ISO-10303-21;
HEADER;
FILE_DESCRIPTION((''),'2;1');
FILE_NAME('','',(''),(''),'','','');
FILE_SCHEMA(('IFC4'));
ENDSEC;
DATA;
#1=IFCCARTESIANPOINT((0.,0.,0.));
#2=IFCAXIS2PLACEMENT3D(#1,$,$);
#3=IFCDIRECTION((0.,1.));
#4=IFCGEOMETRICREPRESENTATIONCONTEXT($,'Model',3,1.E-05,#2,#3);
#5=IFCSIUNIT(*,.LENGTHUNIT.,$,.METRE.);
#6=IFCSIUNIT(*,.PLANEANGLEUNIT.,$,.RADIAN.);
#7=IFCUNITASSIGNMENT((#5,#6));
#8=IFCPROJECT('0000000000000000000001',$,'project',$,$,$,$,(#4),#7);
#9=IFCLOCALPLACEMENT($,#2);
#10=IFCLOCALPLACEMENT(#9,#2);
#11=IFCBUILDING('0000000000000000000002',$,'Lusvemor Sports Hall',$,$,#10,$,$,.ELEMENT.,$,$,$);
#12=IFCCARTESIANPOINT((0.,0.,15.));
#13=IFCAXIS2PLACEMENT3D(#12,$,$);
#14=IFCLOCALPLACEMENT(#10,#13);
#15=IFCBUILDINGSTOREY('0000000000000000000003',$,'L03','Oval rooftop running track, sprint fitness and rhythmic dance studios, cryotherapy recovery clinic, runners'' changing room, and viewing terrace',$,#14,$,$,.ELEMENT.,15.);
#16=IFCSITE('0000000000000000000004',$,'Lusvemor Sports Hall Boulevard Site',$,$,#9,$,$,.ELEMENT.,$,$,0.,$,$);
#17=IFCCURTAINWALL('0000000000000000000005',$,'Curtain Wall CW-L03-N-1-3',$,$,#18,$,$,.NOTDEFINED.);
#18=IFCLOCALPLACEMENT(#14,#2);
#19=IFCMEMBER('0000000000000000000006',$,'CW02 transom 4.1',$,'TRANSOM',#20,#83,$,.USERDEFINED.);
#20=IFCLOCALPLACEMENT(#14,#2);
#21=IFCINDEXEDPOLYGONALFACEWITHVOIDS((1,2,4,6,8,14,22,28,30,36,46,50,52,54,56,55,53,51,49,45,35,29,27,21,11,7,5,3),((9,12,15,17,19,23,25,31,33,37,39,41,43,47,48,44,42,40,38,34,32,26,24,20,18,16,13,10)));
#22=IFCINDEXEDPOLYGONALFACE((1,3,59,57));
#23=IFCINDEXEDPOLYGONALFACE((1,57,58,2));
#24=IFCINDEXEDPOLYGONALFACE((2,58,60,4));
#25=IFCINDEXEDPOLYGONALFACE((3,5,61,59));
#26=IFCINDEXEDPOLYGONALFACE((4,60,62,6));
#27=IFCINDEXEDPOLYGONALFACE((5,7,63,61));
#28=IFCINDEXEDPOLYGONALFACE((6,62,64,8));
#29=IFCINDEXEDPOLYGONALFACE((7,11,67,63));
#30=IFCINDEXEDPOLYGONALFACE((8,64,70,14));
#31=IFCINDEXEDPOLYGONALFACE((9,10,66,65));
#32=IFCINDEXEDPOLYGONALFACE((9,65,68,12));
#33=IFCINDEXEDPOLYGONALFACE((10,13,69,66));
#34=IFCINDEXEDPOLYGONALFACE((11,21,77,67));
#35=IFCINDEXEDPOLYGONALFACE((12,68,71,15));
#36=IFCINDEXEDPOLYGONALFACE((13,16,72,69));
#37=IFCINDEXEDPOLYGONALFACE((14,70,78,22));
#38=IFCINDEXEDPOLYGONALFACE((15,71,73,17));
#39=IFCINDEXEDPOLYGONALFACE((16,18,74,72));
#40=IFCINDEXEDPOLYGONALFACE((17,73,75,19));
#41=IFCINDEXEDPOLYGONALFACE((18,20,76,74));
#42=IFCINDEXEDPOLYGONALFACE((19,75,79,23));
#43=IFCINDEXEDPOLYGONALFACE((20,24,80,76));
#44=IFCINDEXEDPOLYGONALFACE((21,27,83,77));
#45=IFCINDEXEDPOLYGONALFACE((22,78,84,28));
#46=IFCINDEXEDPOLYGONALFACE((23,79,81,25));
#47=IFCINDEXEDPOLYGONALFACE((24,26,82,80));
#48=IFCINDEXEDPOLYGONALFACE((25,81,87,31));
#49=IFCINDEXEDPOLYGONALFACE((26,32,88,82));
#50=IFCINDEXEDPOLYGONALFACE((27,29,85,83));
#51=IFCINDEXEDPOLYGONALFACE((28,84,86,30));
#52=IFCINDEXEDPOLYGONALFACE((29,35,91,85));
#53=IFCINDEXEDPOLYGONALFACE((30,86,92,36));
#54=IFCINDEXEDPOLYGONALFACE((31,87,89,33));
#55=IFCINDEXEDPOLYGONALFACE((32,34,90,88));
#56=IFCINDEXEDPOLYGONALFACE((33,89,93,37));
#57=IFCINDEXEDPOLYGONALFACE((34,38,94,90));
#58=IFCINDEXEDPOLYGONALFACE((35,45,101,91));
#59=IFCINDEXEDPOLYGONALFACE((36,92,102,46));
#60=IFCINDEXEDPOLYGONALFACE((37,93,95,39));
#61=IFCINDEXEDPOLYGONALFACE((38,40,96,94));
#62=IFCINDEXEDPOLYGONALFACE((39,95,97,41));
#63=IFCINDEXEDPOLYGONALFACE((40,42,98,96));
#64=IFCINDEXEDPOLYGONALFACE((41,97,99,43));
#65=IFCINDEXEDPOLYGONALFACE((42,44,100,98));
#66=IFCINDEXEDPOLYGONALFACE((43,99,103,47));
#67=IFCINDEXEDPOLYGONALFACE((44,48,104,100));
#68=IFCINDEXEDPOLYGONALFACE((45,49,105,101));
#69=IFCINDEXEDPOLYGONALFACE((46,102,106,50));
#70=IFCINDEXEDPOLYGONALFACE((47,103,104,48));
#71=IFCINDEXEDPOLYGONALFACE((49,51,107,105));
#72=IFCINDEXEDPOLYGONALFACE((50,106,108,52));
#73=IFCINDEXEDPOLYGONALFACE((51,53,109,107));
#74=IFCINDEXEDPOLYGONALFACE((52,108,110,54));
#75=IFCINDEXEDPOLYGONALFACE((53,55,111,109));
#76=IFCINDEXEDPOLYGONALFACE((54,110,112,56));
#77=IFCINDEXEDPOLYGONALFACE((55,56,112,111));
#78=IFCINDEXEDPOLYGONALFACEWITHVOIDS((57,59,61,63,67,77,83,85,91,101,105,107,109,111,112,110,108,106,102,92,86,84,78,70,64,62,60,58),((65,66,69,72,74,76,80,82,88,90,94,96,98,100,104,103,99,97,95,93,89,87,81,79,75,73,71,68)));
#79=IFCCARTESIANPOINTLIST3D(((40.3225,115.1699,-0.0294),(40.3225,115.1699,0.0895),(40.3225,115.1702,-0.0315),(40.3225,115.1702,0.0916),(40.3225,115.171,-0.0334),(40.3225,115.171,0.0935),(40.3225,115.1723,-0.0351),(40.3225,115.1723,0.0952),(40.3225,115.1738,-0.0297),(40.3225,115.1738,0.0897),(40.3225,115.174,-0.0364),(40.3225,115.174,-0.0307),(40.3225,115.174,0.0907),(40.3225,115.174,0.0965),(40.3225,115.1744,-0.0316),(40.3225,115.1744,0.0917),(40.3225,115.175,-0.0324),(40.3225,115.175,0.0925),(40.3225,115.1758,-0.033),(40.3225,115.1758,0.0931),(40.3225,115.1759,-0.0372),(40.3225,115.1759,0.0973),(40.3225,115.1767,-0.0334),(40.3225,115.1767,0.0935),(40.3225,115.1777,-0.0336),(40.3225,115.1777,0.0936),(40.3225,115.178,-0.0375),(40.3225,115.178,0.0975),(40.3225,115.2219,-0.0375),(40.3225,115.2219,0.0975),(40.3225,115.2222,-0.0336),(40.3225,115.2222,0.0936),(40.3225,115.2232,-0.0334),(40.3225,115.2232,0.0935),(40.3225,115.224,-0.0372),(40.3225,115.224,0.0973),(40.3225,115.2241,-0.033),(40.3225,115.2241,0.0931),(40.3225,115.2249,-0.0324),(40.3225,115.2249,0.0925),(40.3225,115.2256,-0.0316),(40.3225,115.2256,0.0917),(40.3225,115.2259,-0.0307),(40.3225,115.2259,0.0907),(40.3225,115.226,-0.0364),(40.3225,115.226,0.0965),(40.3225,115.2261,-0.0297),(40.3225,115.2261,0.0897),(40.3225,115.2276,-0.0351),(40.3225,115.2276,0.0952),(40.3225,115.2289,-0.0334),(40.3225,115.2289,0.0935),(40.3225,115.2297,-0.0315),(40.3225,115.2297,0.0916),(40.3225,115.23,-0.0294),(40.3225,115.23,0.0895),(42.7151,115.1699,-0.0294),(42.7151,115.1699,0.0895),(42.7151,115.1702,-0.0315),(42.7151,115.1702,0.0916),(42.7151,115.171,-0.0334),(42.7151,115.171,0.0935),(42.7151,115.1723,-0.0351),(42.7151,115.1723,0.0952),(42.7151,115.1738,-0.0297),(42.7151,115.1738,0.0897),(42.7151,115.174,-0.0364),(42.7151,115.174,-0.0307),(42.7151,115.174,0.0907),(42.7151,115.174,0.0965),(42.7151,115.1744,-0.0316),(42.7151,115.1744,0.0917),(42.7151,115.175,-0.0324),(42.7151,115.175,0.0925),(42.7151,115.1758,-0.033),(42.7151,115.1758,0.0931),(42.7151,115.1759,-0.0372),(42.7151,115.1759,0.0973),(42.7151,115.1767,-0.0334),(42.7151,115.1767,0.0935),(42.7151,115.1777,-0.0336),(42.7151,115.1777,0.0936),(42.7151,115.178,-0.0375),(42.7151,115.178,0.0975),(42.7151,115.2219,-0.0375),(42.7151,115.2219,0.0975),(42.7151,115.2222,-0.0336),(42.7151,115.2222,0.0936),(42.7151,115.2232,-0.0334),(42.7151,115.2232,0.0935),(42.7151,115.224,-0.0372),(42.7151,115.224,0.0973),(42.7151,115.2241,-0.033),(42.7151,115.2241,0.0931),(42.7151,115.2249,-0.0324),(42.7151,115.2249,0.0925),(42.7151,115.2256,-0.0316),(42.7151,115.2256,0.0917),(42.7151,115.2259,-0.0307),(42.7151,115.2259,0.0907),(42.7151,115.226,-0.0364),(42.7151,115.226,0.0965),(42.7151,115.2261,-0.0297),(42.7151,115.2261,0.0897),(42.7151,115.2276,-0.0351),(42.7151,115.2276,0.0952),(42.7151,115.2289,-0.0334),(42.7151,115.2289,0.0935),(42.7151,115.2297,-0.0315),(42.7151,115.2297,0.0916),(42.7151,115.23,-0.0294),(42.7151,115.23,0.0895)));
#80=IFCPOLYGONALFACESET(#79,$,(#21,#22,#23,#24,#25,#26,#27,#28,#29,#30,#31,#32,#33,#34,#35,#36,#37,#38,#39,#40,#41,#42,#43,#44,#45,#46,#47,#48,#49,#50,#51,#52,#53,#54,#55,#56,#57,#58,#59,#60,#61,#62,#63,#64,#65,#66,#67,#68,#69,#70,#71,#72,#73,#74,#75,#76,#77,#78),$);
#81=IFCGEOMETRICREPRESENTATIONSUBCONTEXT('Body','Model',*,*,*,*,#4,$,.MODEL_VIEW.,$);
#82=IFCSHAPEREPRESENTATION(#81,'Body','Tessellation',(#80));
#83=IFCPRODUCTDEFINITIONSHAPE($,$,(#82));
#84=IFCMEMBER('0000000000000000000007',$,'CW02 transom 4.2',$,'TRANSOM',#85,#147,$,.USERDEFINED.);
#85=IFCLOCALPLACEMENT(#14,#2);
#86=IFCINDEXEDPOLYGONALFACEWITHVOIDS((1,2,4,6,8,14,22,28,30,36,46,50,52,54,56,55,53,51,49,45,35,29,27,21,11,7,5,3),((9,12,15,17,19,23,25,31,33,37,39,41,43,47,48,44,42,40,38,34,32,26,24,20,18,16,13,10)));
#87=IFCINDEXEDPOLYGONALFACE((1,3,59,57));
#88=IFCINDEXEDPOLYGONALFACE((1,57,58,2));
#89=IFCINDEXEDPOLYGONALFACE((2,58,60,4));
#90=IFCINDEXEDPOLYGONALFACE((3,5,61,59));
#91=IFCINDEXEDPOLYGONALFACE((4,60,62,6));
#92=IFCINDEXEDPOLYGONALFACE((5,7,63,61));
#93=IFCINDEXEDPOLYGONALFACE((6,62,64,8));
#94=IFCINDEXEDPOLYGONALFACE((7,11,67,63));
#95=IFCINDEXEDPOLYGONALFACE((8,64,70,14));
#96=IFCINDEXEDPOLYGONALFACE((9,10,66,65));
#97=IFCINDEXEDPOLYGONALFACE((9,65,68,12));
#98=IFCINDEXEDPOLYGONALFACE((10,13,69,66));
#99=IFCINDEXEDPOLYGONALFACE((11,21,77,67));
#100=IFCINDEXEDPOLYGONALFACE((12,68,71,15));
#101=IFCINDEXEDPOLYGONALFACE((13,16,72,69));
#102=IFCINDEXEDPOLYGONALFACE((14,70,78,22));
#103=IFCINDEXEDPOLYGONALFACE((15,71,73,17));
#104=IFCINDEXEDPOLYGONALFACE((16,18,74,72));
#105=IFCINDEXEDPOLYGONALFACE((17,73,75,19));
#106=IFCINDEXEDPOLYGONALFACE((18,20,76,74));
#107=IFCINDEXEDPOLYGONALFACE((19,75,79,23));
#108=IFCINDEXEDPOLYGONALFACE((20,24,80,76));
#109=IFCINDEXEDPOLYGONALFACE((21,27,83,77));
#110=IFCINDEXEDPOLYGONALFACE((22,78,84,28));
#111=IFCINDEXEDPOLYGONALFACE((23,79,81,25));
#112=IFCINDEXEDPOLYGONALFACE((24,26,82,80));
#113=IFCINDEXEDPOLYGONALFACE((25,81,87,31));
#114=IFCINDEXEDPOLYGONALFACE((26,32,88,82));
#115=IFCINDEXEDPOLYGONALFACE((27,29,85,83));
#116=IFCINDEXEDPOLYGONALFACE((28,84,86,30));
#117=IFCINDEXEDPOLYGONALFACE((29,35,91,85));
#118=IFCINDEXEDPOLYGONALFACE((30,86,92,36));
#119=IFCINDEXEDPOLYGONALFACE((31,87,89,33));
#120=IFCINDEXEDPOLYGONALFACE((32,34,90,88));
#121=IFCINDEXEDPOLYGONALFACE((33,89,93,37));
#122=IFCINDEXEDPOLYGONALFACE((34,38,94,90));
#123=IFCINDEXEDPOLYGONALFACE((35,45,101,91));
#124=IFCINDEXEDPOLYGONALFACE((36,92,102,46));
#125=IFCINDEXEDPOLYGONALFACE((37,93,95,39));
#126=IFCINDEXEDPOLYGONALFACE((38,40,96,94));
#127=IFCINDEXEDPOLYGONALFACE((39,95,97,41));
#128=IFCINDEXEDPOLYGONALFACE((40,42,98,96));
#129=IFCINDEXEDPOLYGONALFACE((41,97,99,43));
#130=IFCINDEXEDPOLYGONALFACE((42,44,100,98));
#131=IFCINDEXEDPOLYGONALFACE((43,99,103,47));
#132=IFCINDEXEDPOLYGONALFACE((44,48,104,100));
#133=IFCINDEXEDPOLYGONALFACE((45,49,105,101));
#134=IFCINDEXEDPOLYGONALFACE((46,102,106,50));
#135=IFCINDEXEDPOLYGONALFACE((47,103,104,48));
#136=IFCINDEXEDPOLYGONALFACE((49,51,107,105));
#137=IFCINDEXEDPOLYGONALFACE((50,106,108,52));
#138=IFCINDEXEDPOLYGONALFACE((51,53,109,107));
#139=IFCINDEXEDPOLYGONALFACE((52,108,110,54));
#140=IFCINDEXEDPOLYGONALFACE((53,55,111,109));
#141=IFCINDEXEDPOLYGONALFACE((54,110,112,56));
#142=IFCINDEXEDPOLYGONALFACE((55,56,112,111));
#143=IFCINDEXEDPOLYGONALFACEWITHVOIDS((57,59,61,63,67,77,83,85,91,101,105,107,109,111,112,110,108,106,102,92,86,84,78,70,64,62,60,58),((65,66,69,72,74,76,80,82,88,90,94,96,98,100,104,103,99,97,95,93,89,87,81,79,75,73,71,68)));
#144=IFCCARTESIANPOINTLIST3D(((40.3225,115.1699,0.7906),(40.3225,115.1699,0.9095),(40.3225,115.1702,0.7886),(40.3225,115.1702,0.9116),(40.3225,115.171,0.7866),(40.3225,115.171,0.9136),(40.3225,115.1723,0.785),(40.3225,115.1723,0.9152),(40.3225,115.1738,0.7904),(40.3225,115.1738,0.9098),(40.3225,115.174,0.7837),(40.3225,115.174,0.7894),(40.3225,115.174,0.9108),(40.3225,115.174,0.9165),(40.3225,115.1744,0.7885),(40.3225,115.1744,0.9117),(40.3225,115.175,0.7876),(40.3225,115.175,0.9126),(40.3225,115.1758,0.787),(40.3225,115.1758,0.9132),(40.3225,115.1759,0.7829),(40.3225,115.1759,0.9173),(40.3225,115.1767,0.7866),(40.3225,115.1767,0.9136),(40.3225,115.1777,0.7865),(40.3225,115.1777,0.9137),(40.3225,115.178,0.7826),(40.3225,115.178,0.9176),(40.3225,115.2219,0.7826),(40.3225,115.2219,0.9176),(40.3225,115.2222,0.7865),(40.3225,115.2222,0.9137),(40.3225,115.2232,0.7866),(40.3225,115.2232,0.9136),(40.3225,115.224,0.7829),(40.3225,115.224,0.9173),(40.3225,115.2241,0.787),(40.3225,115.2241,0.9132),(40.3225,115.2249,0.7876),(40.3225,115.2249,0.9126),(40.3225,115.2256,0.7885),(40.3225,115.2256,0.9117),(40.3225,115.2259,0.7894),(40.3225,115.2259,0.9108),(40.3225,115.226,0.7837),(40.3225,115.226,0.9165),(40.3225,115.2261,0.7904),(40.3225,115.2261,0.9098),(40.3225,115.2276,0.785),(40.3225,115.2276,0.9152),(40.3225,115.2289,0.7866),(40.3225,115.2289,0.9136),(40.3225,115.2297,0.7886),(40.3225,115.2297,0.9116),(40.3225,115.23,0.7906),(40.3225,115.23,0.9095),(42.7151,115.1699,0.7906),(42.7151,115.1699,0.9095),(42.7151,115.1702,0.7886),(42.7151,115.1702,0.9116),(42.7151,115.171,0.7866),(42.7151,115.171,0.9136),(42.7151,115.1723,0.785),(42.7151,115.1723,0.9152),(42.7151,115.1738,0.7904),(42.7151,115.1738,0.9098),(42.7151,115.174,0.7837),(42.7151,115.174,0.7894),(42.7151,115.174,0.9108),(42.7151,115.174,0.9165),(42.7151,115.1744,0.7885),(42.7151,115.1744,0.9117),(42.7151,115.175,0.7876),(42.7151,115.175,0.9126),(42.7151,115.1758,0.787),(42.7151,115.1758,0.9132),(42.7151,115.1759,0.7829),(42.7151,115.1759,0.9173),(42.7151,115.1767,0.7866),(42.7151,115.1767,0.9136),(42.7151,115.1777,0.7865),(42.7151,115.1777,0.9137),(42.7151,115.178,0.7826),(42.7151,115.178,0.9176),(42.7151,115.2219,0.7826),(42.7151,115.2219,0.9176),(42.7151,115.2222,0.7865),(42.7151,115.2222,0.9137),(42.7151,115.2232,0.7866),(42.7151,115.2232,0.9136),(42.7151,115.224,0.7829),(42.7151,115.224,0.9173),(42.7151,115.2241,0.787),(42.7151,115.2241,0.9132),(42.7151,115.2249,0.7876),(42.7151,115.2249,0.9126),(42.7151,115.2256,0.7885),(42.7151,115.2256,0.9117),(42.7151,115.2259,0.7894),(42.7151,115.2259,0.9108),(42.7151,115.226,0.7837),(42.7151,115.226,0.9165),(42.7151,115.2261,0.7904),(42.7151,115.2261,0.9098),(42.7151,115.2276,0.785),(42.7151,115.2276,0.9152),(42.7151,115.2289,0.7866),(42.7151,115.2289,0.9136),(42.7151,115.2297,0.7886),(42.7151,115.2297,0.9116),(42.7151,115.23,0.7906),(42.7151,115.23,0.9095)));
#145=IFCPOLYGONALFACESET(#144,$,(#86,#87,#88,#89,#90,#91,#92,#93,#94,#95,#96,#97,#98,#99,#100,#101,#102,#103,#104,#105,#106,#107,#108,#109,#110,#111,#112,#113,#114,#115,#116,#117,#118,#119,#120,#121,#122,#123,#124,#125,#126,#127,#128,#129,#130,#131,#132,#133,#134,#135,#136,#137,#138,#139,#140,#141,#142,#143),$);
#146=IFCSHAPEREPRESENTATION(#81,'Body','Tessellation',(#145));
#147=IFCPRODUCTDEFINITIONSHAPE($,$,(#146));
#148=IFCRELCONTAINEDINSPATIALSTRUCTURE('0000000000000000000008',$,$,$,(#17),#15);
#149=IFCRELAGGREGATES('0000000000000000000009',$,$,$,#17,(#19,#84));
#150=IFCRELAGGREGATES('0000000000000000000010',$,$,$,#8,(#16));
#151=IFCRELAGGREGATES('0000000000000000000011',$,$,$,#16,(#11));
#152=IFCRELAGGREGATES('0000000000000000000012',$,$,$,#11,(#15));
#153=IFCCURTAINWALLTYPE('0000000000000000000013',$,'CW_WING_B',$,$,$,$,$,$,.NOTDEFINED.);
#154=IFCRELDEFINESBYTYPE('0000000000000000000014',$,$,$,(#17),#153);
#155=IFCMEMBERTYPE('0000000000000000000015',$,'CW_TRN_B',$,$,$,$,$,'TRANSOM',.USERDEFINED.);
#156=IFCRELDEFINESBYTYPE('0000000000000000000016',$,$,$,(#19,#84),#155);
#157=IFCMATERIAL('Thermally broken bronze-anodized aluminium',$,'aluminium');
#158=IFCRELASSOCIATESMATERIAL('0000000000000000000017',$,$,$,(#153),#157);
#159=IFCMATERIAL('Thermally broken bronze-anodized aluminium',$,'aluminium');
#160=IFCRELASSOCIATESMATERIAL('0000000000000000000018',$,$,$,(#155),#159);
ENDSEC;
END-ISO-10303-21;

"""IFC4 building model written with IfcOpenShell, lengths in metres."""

from ifc_helpers import new_model, si_unit, direction, frame, origin, origin_2d, place, context, subcontext, project, spatial, hollow_rectangle, extrude, material, material_profile, profile_set, type_object, element, aggregate, save


model = new_model("IFC4")

# Units and contexts
model_context = context("Model", 3, precision=1e-05, world=origin(), true_north=direction((0.0, 1.0)))
body_context = subcontext(model_context, "Body", "Model", "MODEL_VIEW")
ifc_project = project(units=[si_unit("LENGTHUNIT", "METRE"), si_unit("PLANEANGLEUNIT", "RADIAN")], contexts=[model_context])

# Site, building, storey
site_placement = place(None, origin())
site = spatial("IfcSite", under=ifc_project, at=site_placement, Name="Lusvemor Sports Hall Boulevard Site", CompositionType="ELEMENT", RefElevation=0.0)
building_placement = place(site_placement, origin())
building = spatial("IfcBuilding", under=site, at=building_placement, Name="Lusvemor Sports Hall", CompositionType="ELEMENT")
storey_placement = place(building_placement, frame((0.0, 0.0, 15.0)))
storey = spatial("IfcBuildingStorey", under=building, at=storey_placement, Name="L03", Description="Oval rooftop running track, sprint fitness and rhythmic dance studios, cryotherapy recovery clinic, runners' changing room, and viewing terrace", CompositionType="ELEMENT", Elevation=15.0)

# Curtain wall
ifc_material_1 = material(Name="Thermally broken bronze-anodized aluminium", Category="aluminium")
curtain_wall_type = type_object("IfcCurtainWallType", Name="CW_WING_B", PredefinedType="NOTDEFINED", material=ifc_material_1)
curtain_wall_1_placement = place(storey_placement, origin())
curtain_wall_1 = element("IfcCurtainWall", 1, at=curtain_wall_1_placement, inside=storey, type_object=curtain_wall_type, Name="Curtain Wall CW-L03-N-1-3", PredefinedType="NOTDEFINED")

# Members
ifc_material_2 = material(Name="Thermally broken bronze-anodized aluminium", Category="aluminium")
ifc_material_profile_1 = material_profile(ifc_material_2, hollow_rectangle(XDim=0.0601, YDim=0.135, WallThickness=0.0039, InnerFilletRadius=0.0039, OuterFilletRadius=0.0081, at=origin_2d()), Name="CWTRN135x60x4")
ifc_profile_set_1 = profile_set([ifc_material_profile_1], Name="Thermally broken bronze-anodized aluminium")
member_type_1 = type_object("IfcMemberType", Name="CW_TRN_B", ElementType="TRANSOM", PredefinedType="USERDEFINED", material=ifc_profile_set_1)
member_1_placement = place(storey_placement, frame((40.3225, 115.2, 0.03), z_axis=(1.0, 0.0, 0.0), x_axis=(0.0, 1.0, 0.0)))
member_1 = element("IfcMember", 2, at=member_1_placement, type_object=member_type_1, Name="CW02 transom 4.1", ObjectType="TRANSOM", PredefinedType="USERDEFINED", context=body_context, shape_type="SweptSolid", body=[
    extrude(hollow_rectangle(XDim=0.0601, YDim=0.135, WallThickness=0.0039, InnerFilletRadius=0.0039, OuterFilletRadius=0.0081, at=origin_2d()), origin(), (0.0, 0.0, 1.0), 2.3926),
])
member_2_placement = place(storey_placement, frame((40.3225, 115.2, 0.8501), z_axis=(1.0, 0.0, 0.0), x_axis=(0.0, 1.0, 0.0)))
member_2 = element("IfcMember", 3, at=member_2_placement, type_object=member_type_1, Name="CW02 transom 4.2", ObjectType="TRANSOM", PredefinedType="USERDEFINED", context=body_context, shape_type="SweptSolid", body=[
    extrude(hollow_rectangle(XDim=0.0601, YDim=0.135, WallThickness=0.0039, InnerFilletRadius=0.0039, OuterFilletRadius=0.0081, at=origin_2d()), origin(), (0.0, 0.0, 1.0), 2.3926),
])

aggregate(curtain_wall_1, [member_1, member_2])

save(model, "model.ifc")
